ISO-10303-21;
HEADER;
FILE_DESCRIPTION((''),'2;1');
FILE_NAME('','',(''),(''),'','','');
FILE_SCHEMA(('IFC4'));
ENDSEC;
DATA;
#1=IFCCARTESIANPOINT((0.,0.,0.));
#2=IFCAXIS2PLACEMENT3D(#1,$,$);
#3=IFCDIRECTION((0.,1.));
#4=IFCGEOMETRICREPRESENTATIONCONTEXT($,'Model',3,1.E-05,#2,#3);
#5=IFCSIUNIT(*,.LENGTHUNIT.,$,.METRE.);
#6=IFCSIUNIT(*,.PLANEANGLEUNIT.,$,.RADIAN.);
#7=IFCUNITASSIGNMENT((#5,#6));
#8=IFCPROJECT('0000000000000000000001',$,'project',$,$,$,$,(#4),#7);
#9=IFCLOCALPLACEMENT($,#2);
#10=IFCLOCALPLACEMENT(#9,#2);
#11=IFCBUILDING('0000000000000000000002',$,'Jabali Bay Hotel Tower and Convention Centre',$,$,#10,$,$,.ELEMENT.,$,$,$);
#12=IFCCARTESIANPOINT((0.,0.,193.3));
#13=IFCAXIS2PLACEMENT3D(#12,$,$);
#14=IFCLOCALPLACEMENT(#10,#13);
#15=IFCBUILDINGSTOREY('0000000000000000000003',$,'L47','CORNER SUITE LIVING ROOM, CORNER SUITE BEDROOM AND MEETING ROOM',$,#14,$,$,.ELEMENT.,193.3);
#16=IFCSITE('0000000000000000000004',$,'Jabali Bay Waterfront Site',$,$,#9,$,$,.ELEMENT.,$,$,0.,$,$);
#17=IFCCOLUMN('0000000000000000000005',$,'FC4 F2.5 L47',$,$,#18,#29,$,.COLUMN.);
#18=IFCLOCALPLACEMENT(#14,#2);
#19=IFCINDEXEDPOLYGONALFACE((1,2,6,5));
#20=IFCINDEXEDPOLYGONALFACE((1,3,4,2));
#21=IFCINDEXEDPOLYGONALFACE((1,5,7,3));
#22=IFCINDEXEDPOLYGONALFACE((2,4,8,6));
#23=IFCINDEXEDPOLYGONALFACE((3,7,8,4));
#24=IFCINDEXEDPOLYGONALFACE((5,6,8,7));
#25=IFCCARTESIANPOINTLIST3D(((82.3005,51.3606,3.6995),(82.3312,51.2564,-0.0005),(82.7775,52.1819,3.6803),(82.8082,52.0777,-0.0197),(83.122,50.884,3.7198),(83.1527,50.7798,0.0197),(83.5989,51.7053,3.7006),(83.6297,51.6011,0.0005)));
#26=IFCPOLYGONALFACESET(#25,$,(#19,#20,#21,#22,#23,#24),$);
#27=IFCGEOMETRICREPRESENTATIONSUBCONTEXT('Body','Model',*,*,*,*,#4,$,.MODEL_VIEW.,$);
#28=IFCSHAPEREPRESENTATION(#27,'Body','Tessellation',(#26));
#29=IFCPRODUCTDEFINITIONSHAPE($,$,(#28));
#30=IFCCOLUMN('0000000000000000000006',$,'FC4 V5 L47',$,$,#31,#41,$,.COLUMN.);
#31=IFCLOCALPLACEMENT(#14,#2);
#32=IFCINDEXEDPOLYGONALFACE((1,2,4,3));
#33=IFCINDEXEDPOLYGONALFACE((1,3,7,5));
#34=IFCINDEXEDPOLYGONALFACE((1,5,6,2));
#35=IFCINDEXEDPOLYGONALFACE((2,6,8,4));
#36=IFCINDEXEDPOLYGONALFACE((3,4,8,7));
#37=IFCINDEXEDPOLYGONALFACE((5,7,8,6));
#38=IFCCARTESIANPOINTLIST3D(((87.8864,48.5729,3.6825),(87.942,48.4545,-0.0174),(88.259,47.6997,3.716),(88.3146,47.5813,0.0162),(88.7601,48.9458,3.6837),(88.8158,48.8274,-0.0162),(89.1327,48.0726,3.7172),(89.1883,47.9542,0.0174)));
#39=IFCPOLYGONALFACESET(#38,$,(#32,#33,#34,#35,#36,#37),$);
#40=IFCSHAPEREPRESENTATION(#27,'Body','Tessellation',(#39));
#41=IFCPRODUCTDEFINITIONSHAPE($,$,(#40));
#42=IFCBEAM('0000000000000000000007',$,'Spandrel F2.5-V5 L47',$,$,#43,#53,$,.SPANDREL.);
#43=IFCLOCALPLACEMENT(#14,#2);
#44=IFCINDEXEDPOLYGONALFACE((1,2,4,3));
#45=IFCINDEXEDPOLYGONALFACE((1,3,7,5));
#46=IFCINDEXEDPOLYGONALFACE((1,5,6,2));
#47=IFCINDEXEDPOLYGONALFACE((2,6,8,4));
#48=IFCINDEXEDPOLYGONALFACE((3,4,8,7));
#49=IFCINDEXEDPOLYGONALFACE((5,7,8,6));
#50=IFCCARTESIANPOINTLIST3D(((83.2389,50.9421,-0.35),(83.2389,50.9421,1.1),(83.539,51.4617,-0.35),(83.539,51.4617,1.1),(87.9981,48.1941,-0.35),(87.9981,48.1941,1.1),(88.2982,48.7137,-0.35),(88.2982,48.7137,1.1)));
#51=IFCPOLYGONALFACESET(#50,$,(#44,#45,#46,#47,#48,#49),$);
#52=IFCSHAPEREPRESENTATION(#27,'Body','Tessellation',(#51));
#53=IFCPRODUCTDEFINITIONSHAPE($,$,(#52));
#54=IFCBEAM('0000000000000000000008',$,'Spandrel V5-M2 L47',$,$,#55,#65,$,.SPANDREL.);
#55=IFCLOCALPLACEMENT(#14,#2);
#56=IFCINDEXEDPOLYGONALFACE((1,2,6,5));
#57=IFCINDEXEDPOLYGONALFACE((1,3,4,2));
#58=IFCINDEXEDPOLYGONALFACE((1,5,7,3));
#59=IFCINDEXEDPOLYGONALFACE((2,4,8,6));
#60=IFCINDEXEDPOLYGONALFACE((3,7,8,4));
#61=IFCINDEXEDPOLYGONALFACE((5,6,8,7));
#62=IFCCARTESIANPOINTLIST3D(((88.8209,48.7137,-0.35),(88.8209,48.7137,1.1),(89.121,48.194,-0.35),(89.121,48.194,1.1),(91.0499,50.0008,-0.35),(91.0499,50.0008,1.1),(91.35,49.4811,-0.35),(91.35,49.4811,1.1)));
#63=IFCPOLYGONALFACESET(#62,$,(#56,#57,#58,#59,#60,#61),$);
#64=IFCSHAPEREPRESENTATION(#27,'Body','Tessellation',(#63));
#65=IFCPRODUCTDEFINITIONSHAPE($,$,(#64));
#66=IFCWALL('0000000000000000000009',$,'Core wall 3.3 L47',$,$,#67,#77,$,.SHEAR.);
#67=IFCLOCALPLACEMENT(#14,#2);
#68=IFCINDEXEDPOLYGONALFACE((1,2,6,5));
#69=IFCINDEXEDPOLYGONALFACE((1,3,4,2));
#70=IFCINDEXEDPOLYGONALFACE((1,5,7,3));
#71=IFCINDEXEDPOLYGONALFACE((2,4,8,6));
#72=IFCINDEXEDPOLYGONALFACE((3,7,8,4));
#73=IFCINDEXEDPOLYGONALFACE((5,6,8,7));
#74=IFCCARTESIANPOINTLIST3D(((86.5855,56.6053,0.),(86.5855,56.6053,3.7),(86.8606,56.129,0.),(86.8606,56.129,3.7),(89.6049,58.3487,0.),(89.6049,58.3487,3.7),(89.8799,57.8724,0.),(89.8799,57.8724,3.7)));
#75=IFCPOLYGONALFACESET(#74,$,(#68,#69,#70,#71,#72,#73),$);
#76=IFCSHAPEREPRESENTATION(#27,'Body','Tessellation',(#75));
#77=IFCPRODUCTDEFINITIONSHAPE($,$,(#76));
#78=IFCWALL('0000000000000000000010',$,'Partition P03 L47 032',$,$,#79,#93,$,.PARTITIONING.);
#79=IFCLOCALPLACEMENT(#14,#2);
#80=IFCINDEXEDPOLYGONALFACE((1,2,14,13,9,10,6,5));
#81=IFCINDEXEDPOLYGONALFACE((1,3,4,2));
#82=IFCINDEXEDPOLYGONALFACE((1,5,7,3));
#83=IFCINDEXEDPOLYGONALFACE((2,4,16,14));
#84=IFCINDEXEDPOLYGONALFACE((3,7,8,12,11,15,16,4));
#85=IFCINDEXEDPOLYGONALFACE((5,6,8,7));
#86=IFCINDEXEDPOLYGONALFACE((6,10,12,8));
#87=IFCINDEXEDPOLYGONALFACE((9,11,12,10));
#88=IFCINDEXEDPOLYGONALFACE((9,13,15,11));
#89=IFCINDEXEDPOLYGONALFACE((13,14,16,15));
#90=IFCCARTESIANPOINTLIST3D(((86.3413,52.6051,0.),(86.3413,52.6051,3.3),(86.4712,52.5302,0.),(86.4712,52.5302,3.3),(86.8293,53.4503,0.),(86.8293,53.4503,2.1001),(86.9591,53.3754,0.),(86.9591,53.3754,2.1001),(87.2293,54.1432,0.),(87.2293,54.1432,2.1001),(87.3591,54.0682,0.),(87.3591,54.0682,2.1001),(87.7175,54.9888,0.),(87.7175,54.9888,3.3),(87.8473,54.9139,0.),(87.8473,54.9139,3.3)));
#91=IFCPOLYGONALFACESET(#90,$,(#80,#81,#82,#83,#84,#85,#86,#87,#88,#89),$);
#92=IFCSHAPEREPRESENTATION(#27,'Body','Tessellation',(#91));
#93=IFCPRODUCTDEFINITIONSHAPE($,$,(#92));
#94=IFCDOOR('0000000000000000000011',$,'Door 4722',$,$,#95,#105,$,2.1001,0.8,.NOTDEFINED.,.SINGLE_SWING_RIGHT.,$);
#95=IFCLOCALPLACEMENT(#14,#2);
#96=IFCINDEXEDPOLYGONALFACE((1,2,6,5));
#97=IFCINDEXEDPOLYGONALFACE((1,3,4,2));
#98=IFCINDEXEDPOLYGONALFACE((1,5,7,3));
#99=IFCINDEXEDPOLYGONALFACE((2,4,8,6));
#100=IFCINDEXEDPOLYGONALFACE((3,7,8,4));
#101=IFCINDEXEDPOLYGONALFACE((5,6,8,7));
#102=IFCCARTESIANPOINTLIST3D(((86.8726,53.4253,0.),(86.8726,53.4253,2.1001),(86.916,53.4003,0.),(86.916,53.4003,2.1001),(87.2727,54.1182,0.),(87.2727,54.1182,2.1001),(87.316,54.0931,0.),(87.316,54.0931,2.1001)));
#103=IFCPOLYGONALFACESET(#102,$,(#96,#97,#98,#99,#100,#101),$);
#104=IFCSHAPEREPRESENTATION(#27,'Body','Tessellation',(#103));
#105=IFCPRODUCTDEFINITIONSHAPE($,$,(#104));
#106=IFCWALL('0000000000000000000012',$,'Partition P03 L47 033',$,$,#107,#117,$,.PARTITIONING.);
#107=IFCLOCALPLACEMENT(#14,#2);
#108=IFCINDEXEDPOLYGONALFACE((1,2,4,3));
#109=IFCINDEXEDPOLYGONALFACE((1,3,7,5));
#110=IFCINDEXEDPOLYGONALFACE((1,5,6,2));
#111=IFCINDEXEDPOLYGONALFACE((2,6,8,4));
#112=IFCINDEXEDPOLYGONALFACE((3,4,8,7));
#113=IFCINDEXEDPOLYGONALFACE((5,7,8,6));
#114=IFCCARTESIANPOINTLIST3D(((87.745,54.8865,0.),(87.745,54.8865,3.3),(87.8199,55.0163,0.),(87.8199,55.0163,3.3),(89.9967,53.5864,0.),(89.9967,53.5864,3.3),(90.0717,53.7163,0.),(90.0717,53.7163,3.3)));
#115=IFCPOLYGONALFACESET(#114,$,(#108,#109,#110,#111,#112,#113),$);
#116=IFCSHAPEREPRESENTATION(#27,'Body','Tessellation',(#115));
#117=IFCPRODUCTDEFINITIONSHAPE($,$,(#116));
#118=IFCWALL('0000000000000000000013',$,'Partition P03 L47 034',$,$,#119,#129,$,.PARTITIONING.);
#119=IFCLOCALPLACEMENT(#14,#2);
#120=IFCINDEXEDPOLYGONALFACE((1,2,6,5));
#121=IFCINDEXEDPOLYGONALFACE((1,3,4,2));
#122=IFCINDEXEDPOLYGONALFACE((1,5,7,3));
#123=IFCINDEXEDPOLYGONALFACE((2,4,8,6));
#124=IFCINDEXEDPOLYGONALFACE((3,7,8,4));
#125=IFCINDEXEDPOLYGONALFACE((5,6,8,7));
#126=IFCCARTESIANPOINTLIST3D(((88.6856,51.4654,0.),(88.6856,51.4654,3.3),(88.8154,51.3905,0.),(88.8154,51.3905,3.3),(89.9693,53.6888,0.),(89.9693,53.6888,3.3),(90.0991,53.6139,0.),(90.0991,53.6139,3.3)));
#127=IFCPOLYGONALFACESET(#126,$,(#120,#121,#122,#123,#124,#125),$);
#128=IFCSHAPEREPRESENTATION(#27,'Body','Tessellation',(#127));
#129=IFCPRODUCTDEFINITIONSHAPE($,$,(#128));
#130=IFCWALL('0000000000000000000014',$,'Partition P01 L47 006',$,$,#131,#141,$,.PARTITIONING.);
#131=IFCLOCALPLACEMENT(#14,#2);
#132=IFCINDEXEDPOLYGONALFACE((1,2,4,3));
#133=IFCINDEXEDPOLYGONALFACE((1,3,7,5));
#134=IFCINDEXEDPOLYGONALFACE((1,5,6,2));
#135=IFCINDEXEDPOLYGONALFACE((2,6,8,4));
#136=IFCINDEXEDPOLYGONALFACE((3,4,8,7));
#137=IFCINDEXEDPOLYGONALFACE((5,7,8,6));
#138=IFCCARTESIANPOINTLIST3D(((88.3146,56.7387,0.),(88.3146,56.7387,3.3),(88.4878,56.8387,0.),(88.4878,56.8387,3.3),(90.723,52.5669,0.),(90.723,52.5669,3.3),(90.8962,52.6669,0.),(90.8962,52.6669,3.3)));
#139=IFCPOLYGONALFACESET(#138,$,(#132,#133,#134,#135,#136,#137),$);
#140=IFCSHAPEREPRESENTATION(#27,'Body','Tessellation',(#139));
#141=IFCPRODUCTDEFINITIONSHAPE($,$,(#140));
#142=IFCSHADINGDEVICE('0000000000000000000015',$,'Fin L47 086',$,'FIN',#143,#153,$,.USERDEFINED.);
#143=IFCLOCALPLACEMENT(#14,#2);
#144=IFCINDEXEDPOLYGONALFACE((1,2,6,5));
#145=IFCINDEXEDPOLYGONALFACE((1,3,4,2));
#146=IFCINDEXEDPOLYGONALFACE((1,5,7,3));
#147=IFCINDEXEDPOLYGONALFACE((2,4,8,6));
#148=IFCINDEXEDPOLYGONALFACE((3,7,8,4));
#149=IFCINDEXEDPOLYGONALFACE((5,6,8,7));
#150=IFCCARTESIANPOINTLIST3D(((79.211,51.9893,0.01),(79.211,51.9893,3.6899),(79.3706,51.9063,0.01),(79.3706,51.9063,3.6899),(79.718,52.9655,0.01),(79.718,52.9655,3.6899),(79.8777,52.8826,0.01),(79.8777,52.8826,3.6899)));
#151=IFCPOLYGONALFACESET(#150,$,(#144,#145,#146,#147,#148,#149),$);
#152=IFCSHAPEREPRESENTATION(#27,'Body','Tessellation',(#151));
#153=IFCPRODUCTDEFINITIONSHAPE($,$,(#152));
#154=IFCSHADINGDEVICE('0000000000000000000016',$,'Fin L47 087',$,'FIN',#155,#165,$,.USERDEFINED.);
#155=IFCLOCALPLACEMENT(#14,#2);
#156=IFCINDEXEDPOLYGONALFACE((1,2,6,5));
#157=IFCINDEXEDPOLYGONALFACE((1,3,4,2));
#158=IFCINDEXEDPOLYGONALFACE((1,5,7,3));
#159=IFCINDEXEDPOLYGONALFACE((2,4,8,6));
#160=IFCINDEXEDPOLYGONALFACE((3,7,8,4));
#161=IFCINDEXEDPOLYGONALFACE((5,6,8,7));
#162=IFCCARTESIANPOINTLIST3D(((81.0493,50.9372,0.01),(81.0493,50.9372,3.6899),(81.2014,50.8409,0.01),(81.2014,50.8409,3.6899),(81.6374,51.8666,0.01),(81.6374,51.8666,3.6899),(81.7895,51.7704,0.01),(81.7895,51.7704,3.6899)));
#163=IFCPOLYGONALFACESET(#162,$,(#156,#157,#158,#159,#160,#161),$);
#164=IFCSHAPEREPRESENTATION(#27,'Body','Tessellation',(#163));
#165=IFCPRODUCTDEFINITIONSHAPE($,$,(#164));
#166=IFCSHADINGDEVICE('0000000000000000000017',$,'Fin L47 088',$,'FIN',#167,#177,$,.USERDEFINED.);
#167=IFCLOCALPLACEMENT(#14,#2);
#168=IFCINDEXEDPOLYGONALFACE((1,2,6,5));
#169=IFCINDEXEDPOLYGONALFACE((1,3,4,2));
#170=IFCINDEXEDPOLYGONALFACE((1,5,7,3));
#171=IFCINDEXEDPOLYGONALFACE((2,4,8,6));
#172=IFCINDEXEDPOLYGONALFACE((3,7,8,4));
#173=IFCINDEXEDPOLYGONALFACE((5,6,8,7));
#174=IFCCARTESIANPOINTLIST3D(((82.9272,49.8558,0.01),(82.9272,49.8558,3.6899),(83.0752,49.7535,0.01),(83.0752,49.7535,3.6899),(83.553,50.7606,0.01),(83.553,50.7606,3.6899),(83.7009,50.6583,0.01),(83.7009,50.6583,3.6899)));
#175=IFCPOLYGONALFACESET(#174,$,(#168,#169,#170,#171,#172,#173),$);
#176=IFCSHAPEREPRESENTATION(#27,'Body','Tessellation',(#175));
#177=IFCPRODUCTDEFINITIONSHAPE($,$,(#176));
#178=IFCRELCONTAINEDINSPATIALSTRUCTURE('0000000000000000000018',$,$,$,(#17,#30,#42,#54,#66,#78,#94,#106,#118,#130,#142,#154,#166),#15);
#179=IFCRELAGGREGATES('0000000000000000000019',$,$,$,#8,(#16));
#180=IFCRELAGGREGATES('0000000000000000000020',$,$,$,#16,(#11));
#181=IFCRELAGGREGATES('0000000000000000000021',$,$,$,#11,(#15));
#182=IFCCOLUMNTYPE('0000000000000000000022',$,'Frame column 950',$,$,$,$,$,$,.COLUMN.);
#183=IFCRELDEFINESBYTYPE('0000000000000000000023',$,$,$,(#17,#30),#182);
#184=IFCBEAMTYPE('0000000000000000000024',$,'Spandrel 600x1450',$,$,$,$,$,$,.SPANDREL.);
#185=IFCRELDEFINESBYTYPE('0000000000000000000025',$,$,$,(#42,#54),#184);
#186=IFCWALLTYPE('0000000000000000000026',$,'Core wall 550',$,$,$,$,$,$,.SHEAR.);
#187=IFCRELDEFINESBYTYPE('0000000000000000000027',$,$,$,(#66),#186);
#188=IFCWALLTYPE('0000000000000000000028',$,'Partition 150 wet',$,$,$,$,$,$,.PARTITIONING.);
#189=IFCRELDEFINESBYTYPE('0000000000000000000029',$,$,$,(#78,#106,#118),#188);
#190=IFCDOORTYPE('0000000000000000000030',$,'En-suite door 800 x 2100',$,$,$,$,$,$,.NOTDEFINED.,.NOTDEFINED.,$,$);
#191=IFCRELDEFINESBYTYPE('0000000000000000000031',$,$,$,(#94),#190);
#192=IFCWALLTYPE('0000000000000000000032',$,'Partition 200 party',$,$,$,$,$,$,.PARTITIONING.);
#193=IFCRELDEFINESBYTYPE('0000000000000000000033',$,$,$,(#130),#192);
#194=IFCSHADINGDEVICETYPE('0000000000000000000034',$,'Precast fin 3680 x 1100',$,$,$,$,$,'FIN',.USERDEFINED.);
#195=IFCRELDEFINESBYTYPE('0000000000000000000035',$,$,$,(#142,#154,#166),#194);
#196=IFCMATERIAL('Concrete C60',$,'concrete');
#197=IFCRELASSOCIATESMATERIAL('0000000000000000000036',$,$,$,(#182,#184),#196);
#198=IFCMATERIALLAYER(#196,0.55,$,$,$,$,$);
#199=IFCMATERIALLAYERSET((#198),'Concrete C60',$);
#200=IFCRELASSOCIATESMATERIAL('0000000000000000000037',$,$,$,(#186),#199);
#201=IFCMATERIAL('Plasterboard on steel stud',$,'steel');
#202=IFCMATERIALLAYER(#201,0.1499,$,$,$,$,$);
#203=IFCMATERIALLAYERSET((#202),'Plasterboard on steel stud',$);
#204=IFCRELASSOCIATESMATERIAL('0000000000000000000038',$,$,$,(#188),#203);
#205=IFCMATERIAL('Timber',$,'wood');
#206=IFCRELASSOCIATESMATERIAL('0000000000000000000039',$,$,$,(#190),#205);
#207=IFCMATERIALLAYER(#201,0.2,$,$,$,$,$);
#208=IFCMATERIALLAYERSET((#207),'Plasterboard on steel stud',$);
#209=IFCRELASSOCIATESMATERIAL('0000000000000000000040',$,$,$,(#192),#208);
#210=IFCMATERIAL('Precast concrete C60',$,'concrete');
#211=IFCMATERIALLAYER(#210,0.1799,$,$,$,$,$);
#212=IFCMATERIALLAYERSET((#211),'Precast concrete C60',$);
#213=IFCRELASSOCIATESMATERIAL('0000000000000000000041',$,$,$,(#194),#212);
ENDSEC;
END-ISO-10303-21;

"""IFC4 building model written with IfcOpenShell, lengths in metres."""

from ifc_helpers import new_model, si_unit, direction, frame, frame_2d, origin, origin_2d, place, context, subcontext, project, spatial, rectangle, extrude, material, layer, layer_set, material_profile, profile_set, type_object, element, fill, save


model = new_model("IFC4")

# Units and contexts
model_context = context("Model", 3, precision=1e-05, world=origin(), true_north=direction((0.0, 1.0)))
body_context = subcontext(model_context, "Body", "Model", "MODEL_VIEW")
ifc_project = project(units=[si_unit("LENGTHUNIT", "METRE"), si_unit("PLANEANGLEUNIT", "RADIAN")], contexts=[model_context])

# Site, building, storey
site_placement = place(None, origin())
site = spatial("IfcSite", under=ifc_project, at=site_placement, Name="Jabali Bay Waterfront Site", CompositionType="ELEMENT", RefElevation=0.0)
building_placement = place(site_placement, origin())
building = spatial("IfcBuilding", under=site, at=building_placement, Name="Jabali Bay Hotel Tower and Convention Centre", CompositionType="ELEMENT")
storey_placement = place(building_placement, frame((0.0, 0.0, 193.3)))
storey = spatial("IfcBuildingStorey", under=building, at=storey_placement, Name="L47", Description="CORNER SUITE LIVING ROOM, CORNER SUITE BEDROOM AND MEETING ROOM", CompositionType="ELEMENT", Elevation=193.3)

# Columns
ifc_material_1 = material(Name="Concrete C60", Category="concrete")
ifc_material_profile_1 = material_profile(ifc_material_1, rectangle(XDim=0.95, YDim=0.95, at=origin_2d()), Name="Frame column 950")
ifc_profile_set_1 = profile_set([ifc_material_profile_1], Name="Concrete C60")
column_type = type_object("IfcColumnType", Name="Frame column 950", PredefinedType="COLUMN", material=ifc_profile_set_1)
column_1_placement = place(storey_placement, frame((82.9805, 51.4287, 0.0), z_axis=(-0.008311, 0.028163, 0.999569), x_axis=(-0.502105, -0.864571, 0.020185)))
element("IfcColumn", 1, at=column_1_placement, inside=storey, type_object=column_type, Name="FC4 F2.5 L47", PredefinedType="COLUMN", context=body_context, shape_type="SweptSolid", body=[
    extrude(rectangle(XDim=0.95, YDim=0.95, at=origin_2d()), origin(), (0.0, 0.0, 1.0), 3.7017),
])
column_2_placement = place(storey_placement, frame((88.5652, 48.2043, 0.0), z_axis=(-0.015035, 0.031983, 0.999375), x_axis=(0.392217, -0.919195, 0.035317)))
element("IfcColumn", 2, at=column_2_placement, inside=storey, type_object=column_type, Name="FC4 V5 L47", PredefinedType="COLUMN", context=body_context, shape_type="SweptSolid", body=[
    extrude(rectangle(XDim=0.95, YDim=0.95, at=origin_2d()), origin(), (0.0, 0.0, 1.0), 3.7021),
])

# Beams
ifc_material_profile_2 = material_profile(ifc_material_1, rectangle(XDim=0.6001, YDim=1.45, at=origin_2d()), Name="Spandrel 600x1450")
ifc_profile_set_2 = profile_set([ifc_material_profile_2], Name="Concrete C60")
beam_type = type_object("IfcBeamType", Name="Spandrel 600x1450", PredefinedType="SPANDREL", material=ifc_profile_set_2)
beam_1_placement = place(storey_placement, frame((83.3889, 51.2019, 0.375), z_axis=(0.866004, -0.500038, 0.0), x_axis=(0.500038, 0.866004, 0.0)))
element("IfcBeam", 3, at=beam_1_placement, inside=storey, type_object=beam_type, Name="Spandrel F2.5-V5 L47", PredefinedType="SPANDREL", context=body_context, shape_type="SweptSolid", body=[
    extrude(rectangle(XDim=0.6001, YDim=1.45, at=origin_2d()), origin(), (0.0, 0.0, 1.0), 5.4956),
])
beam_2_placement = place(storey_placement, frame((88.9709, 48.4539, 0.375), z_axis=(0.865993, 0.500056, 0.0), x_axis=(-0.500056, 0.865993, 0.0)))
element("IfcBeam", 4, at=beam_2_placement, inside=storey, type_object=beam_type, Name="Spandrel V5-M2 L47", PredefinedType="SPANDREL", context=body_context, shape_type="SweptSolid", body=[
    extrude(rectangle(XDim=0.6001, YDim=1.45, at=origin_2d()), origin(), (0.0, 0.0, 1.0), 2.574),
])

# Wall
ifc_layer_1 = layer(ifc_material_1, 0.55)
ifc_layer_set_1 = layer_set([ifc_layer_1], Name="Concrete C60")
wall_type_1 = type_object("IfcWallType", Name="Core wall 550", PredefinedType="SHEAR", material=ifc_layer_set_1)
wall_1_placement = place(storey_placement, frame((86.7231, 56.3672, 0.0), z_axis=(0.0, 0.0, 1.0), x_axis=(0.865998, 0.500048, 0.0)))
element("IfcWall", 5, at=wall_1_placement, inside=storey, type_object=wall_type_1, Name="Core wall 3.3 L47", PredefinedType="SHEAR", context=body_context, shape_type="SweptSolid", body=[
    extrude(rectangle(XDim=3.4866, YDim=0.55, at=frame_2d((1.7432, 0.0))), origin(), (0.0, 0.0, 1.0), 3.7),
])

# Wall, opening, door
ifc_material_2 = material(Name="Plasterboard on steel stud", Category="steel")
ifc_layer_2 = layer(ifc_material_2, 0.1499)
ifc_layer_set_2 = layer_set([ifc_layer_2], Name="Plasterboard on steel stud")
wall_type_2 = type_object("IfcWallType", Name="Partition 150 wet", PredefinedType="PARTITIONING", material=ifc_layer_set_2)
wall_2_placement = place(storey_placement, frame((86.4062, 52.5676, 0.0), z_axis=(0.0, 0.0, 1.0), x_axis=(0.499984, 0.866035, 0.0)))
wall_2 = element("IfcWall", 6, at=wall_2_placement, inside=storey, type_object=wall_type_2, Name="Partition P03 L47 032", PredefinedType="PARTITIONING", context=body_context, shape_type="SweptSolid", body=[
    extrude(rectangle(XDim=2.7524, YDim=0.1499, at=frame_2d((1.3762, 0.0))), origin(), (0.0, 0.0, 1.0), 3.3),
])
opening_1_placement = place(wall_2_placement, frame((0.9761, 0.0, 0.0)))
opening_1 = element("IfcOpeningElement", 7, at=opening_1_placement, cuts=wall_2, PredefinedType="OPENING", context=body_context, shape_type="SweptSolid", body=[
    extrude(rectangle(XDim=0.8, YDim=2.1001, at=frame_2d((0.3999, 1.05))), frame((0.0, 0.0854, 0.0), z_axis=(0.0, -1.0, 0.0), x_axis=(1.0, 0.0, 0.0)), (0.0, 0.0, 1.0), 0.1709),
])
ifc_material_3 = material(Name="Timber", Category="wood")
door_type_1 = type_object("IfcDoorType", Name="En-suite door 800 x 2100", OperationType="NOTDEFINED", PredefinedType="NOTDEFINED", material=ifc_material_3)
door_1_placement = place(opening_1_placement, origin())
door_1 = element("IfcDoor", 8, at=door_1_placement, inside=storey, type_object=door_type_1, Name="Door 4722", OperationType="SINGLE_SWING_RIGHT", OverallHeight=2.1001, OverallWidth=0.8, PredefinedType="NOTDEFINED", context=body_context, shape_type="SweptSolid", body=[
    extrude(rectangle(XDim=0.8, YDim=2.1001, at=frame_2d((0.3999, 1.05))), frame((0.0, 0.0249, 0.0), z_axis=(0.0, -1.0, 0.0), x_axis=(1.0, 0.0, 0.0)), (0.0, 0.0, 1.0), 0.05),
])
fill(opening_1, door_1)

# Walls
wall_3_placement = place(storey_placement, frame((87.7825, 54.9514, 0.0), z_axis=(0.0, 0.0, 1.0), x_axis=(0.866021, -0.500007, 0.0)))
element("IfcWall", 9, at=wall_3_placement, inside=storey, type_object=wall_type_2, Name="Partition P03 L47 033", PredefinedType="PARTITIONING", context=body_context, shape_type="SweptSolid", body=[
    extrude(rectangle(XDim=2.6001, YDim=0.1499, at=frame_2d((1.3, 0.0))), origin(), (0.0, 0.0, 1.0), 3.3),
])
wall_4_placement = place(storey_placement, frame((90.0342, 53.6514, 0.0), z_axis=(0.0, 0.0, 1.0), x_axis=(-0.500005, -0.866022, 0.0)))
element("IfcWall", 10, at=wall_4_placement, inside=storey, type_object=wall_type_2, Name="Partition P03 L47 034", PredefinedType="PARTITIONING", context=body_context, shape_type="SweptSolid", body=[
    extrude(rectangle(XDim=2.5674, YDim=0.1499, at=frame_2d((1.2837, 0.0))), origin(), (0.0, 0.0, 1.0), 3.3),
])
ifc_layer_3 = layer(ifc_material_2, 0.2)
ifc_layer_set_3 = layer_set([ifc_layer_3], Name="Plasterboard on steel stud")
wall_type_3 = type_object("IfcWallType", Name="Partition 200 party", PredefinedType="PARTITIONING", material=ifc_layer_set_3)
wall_5_placement = place(storey_placement, frame((88.4011, 56.7888, 0.0), z_axis=(0.0, 0.0, 1.0), x_axis=(0.499971, -0.866042, 0.0)))
element("IfcWall", 11, at=wall_5_placement, inside=storey, type_object=wall_type_3, Name="Partition P01 L47 006", PredefinedType="PARTITIONING", context=body_context, shape_type="SweptSolid", body=[
    extrude(rectangle(XDim=4.8171, YDim=0.2, at=frame_2d((2.4087, 0.0))), origin(), (0.0, 0.0, 1.0), 3.3),
])

# Shading devices
ifc_material_4 = material(Name="Precast concrete C60", Category="concrete")
ifc_layer_4 = layer(ifc_material_4, 0.1799)
ifc_layer_set_4 = layer_set([ifc_layer_4], Name="Precast concrete C60")
shading_device_type_1 = type_object("IfcShadingDeviceType", Name="Precast fin 3680 x 1100", ElementType="FIN", PredefinedType="USERDEFINED", material=ifc_layer_set_4)
shading_device_1_placement = place(storey_placement, frame((79.7979, 52.9241, 0.01), z_axis=(0.0, 0.0, 1.0), x_axis=(-0.460919, -0.887442, 0.0)))
element("IfcShadingDevice", 12, at=shading_device_1_placement, inside=storey, type_object=shading_device_type_1, Name="Fin L47 086", ObjectType="FIN", PredefinedType="USERDEFINED", context=body_context, shape_type="SweptSolid", body=[
    extrude(rectangle(XDim=1.1001, YDim=0.1799, at=frame_2d((0.55, 0.0))), origin(), (0.0, 0.0, 1.0), 3.6799),
])
shading_device_2_placement = place(storey_placement, frame((81.7134, 51.8184, 0.01), z_axis=(0.0, 0.0, 1.0), x_axis=(-0.534719, -0.84503, 0.0)))
element("IfcShadingDevice", 13, at=shading_device_2_placement, inside=storey, type_object=shading_device_type_1, Name="Fin L47 087", ObjectType="FIN", PredefinedType="USERDEFINED", context=body_context, shape_type="SweptSolid", body=[
    extrude(rectangle(XDim=1.0999, YDim=0.1799, at=frame_2d((0.5498, 0.0))), origin(), (0.0, 0.0, 1.0), 3.6799),
])
for number, where, z_axis, x_axis, name in (
    (14, (83.627, 50.7095, 0.01), (0.0, 0.0, 1.0), (-0.568806, -0.822472, 0.0), "Fin L47 088"),
):
    element("IfcShadingDevice", number, at=place(storey_placement, frame(where, z_axis=z_axis, x_axis=x_axis)), inside=storey, type_object=shading_device_type_1, Name=name, ObjectType="FIN", PredefinedType="USERDEFINED", context=body_context, shape_type="SweptSolid", body=[
        extrude(rectangle(XDim=1.1001, YDim=0.1799, at=frame_2d((0.55, 0.0))), origin(), (0.0, 0.0, 1.0), 3.6799),
    ])

save(model, "model.ifc")
